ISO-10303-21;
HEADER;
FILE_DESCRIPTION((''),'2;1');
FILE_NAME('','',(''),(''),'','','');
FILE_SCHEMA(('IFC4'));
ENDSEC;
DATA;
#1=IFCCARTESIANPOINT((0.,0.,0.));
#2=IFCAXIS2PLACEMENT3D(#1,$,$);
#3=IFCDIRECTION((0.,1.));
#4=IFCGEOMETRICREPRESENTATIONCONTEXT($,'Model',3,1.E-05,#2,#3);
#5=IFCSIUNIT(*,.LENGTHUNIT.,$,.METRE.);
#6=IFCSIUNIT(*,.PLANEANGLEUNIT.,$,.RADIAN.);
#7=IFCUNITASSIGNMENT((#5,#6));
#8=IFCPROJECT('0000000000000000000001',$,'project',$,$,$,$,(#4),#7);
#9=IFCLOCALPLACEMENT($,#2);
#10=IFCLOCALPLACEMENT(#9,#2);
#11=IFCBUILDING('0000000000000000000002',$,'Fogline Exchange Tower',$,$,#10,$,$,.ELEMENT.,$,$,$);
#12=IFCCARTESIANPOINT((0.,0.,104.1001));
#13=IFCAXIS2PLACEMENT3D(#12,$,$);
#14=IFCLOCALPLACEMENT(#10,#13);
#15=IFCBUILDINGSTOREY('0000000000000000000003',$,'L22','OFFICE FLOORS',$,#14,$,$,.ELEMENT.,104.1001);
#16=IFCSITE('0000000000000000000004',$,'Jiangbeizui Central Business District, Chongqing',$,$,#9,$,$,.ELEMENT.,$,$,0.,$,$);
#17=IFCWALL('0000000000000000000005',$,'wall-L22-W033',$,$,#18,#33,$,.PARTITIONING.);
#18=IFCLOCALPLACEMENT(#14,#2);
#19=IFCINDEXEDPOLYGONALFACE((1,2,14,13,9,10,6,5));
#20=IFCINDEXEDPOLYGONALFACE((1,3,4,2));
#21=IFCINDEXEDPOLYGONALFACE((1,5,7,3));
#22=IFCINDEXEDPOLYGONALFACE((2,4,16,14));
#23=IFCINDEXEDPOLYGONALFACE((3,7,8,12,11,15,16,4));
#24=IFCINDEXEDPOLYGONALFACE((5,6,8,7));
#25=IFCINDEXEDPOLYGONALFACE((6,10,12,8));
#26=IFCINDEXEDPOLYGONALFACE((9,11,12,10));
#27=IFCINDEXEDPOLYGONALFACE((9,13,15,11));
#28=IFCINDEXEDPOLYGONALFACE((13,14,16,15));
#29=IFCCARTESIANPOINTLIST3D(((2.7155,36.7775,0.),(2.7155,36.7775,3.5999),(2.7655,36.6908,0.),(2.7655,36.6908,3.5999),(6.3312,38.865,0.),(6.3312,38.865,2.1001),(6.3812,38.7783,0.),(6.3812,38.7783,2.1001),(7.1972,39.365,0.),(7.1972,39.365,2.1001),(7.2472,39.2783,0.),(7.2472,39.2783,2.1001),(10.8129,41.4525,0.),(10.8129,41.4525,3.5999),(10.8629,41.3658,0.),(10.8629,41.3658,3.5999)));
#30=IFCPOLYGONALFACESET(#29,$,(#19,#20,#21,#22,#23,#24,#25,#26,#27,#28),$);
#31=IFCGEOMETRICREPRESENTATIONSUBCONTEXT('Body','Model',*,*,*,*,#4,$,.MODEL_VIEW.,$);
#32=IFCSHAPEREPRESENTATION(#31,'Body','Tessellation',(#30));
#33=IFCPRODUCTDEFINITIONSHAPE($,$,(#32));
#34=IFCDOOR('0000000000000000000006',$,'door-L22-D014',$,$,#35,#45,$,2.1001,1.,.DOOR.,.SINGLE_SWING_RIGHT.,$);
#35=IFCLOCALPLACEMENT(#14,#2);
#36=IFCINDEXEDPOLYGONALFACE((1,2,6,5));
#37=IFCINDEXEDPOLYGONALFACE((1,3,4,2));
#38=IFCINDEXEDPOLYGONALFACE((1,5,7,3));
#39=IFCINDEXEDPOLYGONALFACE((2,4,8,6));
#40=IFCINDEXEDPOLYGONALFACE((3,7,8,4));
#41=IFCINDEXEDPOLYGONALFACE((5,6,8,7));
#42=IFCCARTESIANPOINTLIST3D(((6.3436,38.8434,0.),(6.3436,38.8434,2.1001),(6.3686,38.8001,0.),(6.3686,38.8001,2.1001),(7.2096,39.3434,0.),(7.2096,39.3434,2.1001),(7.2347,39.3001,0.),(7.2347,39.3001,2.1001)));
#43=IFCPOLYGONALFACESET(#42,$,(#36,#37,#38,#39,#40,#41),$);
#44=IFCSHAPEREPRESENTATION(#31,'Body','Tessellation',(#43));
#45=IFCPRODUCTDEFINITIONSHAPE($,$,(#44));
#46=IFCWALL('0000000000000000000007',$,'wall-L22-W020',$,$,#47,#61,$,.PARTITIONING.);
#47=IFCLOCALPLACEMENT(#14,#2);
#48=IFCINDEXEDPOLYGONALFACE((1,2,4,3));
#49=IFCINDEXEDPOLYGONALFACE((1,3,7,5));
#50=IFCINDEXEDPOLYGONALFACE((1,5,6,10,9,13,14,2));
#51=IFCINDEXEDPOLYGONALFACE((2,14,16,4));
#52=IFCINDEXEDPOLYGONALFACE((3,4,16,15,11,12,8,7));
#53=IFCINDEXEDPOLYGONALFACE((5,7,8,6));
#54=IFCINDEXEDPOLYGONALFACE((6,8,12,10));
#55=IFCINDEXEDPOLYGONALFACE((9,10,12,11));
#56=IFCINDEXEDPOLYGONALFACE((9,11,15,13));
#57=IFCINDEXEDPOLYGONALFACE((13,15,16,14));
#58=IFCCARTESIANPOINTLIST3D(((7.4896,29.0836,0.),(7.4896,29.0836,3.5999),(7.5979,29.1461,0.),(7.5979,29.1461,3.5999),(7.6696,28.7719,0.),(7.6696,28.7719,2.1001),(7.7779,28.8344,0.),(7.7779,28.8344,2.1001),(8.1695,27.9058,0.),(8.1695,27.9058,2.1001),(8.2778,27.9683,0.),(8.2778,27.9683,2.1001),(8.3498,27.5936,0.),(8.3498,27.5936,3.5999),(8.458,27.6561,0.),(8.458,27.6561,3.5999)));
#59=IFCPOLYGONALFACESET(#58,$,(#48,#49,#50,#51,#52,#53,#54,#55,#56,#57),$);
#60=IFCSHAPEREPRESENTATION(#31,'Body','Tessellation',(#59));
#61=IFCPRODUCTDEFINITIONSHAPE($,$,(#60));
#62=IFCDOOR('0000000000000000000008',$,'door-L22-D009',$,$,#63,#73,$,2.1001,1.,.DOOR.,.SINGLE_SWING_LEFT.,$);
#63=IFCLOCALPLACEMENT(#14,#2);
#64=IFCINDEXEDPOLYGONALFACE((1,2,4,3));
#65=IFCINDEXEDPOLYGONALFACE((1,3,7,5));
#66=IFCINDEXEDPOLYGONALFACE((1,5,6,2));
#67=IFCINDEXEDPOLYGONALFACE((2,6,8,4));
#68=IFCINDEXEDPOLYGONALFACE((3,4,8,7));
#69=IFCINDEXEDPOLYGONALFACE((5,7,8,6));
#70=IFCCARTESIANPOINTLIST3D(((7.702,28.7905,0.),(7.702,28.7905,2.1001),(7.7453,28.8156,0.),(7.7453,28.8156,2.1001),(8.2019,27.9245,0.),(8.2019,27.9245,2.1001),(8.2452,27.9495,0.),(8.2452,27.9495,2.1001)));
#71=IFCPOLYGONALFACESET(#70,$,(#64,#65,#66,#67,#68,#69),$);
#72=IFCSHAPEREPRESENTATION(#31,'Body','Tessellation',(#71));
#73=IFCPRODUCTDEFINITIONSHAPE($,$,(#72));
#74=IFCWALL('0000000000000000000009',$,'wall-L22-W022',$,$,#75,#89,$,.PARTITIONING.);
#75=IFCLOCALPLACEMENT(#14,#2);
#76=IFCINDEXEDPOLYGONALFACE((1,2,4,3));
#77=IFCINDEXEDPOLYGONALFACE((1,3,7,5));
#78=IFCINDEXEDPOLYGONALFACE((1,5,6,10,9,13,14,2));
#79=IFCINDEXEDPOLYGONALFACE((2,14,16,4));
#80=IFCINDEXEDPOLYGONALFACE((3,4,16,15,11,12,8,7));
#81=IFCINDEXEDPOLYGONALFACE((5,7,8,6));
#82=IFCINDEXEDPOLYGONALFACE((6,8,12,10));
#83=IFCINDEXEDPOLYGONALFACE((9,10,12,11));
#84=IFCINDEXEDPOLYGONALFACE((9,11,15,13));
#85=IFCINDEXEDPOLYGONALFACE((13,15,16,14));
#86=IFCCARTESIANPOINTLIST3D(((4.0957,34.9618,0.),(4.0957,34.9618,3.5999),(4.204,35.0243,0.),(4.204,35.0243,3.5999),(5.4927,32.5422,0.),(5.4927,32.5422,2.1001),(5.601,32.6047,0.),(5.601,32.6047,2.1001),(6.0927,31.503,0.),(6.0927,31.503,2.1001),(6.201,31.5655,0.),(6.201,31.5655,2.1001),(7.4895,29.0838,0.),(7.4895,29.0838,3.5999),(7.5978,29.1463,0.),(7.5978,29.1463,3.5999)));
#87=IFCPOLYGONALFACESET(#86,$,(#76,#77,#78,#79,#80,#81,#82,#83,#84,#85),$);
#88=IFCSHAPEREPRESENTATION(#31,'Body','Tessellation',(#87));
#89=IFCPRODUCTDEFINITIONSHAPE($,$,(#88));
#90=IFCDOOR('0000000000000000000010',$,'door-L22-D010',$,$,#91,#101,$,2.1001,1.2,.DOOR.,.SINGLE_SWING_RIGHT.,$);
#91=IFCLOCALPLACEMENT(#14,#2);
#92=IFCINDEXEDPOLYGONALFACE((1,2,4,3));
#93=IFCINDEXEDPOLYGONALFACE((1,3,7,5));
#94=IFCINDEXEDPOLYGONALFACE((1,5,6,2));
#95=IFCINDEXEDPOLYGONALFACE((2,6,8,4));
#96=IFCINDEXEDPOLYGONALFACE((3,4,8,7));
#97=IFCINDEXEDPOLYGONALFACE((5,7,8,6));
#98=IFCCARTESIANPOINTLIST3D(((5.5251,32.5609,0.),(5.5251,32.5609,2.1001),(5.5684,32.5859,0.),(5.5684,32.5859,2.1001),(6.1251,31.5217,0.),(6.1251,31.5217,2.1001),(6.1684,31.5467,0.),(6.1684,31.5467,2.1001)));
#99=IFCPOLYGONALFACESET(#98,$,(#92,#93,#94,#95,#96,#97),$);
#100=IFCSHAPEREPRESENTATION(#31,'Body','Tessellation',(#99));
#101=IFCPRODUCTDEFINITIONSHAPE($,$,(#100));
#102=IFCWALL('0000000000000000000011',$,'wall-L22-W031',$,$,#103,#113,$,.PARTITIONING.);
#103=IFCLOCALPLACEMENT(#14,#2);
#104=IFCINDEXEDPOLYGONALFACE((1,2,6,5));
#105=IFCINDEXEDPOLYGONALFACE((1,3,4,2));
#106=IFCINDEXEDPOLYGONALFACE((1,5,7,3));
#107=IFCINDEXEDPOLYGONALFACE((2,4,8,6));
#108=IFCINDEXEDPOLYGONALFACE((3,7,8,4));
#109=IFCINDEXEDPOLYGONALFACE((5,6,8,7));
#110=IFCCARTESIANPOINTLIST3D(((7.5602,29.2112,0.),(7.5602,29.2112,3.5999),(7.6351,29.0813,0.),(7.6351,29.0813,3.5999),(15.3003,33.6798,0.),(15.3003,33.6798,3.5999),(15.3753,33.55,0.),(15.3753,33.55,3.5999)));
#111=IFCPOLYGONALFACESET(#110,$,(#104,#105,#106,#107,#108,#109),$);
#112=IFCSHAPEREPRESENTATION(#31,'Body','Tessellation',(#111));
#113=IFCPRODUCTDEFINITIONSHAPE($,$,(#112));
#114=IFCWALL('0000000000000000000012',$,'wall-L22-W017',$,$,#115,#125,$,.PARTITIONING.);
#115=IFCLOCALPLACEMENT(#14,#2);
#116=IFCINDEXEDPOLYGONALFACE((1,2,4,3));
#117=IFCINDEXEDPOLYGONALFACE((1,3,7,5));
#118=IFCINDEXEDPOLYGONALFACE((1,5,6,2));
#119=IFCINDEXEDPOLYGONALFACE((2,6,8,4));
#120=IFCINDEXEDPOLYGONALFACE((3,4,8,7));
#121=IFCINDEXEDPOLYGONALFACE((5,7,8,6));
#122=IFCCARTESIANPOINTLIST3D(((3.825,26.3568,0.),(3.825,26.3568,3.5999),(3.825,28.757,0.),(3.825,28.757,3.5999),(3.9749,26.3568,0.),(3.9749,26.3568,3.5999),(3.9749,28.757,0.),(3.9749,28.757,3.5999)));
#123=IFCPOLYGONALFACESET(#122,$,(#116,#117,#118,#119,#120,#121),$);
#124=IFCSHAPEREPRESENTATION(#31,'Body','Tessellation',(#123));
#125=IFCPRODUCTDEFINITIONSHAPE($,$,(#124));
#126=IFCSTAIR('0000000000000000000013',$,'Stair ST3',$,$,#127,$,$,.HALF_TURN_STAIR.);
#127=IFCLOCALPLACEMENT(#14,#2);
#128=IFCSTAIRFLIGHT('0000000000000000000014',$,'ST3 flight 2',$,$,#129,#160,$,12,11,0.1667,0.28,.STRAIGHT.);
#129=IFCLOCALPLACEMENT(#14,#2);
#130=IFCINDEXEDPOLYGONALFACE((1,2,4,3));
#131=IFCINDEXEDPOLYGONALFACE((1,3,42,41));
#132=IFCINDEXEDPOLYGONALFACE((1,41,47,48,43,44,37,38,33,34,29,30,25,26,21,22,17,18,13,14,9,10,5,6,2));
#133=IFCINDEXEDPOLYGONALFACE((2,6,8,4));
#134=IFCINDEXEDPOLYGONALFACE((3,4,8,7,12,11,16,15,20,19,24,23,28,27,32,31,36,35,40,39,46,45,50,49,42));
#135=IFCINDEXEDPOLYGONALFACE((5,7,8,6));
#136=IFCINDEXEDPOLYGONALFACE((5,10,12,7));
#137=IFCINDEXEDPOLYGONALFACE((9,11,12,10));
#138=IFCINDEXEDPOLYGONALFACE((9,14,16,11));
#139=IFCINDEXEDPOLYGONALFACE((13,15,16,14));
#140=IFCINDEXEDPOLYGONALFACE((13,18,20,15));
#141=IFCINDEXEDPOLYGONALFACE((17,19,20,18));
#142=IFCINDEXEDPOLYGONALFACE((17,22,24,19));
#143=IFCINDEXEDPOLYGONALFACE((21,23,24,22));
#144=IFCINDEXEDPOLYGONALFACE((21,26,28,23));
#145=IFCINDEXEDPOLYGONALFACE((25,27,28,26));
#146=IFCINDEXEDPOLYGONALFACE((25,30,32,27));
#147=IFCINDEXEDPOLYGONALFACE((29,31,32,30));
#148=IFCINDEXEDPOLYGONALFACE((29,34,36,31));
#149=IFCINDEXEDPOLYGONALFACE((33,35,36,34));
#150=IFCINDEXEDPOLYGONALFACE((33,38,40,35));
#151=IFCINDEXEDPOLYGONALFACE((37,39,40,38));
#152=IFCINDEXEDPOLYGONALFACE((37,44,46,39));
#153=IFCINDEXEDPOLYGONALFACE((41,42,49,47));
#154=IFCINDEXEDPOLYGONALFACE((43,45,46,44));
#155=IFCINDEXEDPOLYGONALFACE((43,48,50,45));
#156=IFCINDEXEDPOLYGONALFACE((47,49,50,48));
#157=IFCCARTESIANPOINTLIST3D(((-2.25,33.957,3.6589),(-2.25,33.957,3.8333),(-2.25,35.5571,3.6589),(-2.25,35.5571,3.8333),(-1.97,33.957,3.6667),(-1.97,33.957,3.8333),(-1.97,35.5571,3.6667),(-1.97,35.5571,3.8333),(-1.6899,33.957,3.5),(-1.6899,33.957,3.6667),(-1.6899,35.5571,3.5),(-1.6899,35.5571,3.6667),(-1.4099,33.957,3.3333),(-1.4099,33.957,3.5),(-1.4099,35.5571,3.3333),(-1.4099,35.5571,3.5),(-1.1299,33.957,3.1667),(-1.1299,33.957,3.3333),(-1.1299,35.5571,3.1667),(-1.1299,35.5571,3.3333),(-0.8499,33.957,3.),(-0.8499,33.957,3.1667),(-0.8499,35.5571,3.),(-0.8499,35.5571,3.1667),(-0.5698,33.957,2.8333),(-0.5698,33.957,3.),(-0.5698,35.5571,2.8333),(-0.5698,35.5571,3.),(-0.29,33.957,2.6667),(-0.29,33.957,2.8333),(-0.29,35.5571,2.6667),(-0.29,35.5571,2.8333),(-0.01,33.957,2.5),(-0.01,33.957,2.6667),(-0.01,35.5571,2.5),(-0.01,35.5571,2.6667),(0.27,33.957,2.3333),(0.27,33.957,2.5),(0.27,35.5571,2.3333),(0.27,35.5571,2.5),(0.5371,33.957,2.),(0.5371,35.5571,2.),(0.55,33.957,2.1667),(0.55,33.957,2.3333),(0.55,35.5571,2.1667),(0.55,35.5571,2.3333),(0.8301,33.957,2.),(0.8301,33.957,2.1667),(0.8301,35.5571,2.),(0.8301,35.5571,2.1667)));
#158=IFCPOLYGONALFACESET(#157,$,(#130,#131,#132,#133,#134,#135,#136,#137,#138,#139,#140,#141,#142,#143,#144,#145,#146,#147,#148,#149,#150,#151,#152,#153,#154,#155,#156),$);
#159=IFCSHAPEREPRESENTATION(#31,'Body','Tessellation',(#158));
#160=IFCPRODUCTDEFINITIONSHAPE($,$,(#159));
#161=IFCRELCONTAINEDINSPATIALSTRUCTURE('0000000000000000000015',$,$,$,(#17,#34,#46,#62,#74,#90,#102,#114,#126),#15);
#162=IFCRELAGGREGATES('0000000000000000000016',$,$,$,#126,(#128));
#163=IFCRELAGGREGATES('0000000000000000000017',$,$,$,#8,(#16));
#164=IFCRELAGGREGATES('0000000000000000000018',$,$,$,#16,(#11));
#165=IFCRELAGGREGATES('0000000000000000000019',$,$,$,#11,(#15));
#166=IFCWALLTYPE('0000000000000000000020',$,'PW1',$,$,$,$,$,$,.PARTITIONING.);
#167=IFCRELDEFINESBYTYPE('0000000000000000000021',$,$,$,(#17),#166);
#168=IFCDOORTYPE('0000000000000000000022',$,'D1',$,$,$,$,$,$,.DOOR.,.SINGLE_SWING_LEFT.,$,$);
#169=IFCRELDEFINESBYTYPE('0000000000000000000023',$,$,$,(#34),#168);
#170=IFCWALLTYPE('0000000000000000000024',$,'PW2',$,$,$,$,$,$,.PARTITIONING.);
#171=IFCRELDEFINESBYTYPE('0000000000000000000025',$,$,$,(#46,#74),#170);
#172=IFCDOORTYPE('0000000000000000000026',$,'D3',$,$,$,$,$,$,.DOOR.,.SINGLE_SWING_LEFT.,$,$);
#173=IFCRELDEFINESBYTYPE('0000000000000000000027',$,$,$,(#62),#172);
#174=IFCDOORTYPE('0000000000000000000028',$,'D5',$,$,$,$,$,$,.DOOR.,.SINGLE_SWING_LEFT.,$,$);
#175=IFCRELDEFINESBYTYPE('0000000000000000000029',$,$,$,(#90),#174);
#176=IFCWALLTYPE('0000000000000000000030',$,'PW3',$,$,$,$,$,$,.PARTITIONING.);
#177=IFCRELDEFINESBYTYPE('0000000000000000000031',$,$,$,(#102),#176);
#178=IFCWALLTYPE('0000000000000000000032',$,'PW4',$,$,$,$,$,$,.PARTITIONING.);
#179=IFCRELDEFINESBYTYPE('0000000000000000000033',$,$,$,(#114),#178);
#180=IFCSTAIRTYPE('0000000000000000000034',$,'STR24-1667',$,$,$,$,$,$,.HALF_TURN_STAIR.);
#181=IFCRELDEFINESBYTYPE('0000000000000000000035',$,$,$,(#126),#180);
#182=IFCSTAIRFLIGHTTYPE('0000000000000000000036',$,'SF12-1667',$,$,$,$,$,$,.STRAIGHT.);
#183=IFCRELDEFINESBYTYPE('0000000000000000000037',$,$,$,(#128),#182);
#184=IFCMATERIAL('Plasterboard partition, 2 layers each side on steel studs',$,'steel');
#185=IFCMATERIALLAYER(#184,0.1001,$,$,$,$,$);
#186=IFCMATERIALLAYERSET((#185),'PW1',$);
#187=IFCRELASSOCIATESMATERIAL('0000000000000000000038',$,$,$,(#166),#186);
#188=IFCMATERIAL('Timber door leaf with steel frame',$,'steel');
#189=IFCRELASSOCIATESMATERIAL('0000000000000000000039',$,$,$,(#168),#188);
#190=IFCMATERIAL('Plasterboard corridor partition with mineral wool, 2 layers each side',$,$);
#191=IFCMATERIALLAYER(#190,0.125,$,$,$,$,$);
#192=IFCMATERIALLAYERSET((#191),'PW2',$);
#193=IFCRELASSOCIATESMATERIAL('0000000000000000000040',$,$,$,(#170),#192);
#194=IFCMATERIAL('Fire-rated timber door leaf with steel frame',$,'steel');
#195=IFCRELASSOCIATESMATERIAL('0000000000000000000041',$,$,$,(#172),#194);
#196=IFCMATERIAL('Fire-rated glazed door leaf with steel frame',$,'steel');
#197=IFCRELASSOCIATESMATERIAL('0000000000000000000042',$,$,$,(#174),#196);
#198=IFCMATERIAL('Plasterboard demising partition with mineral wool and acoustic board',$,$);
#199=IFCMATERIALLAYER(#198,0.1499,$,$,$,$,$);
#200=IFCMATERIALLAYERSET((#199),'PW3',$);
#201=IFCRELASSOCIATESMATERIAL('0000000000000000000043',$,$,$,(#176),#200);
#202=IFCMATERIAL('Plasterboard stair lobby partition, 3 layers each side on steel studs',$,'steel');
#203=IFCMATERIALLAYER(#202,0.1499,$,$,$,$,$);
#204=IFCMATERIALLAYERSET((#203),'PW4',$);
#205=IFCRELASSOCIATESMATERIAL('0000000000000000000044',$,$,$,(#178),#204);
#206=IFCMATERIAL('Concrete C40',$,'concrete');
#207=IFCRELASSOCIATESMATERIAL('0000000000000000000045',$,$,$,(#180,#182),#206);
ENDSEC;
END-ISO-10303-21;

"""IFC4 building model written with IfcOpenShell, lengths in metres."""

from ifc_helpers import new_model, si_unit, direction, frame, frame_2d, origin, place, context, subcontext, project, spatial, polyline, rectangle, outline, extrude, material, layer, layer_set, type_object, element, fill, aggregate, save


model = new_model("IFC4")

# Units and contexts
model_context = context("Model", 3, precision=1e-05, world=origin(), true_north=direction((0.0, 1.0)))
body_context = subcontext(model_context, "Body", "Model", "MODEL_VIEW")
ifc_project = project(units=[si_unit("LENGTHUNIT", "METRE"), si_unit("PLANEANGLEUNIT", "RADIAN")], contexts=[model_context])

# Site, building, storey
site_placement = place(None, origin())
site = spatial("IfcSite", under=ifc_project, at=site_placement, Name="Jiangbeizui Central Business District, Chongqing", CompositionType="ELEMENT", RefElevation=0.0)
building_placement = place(site_placement, origin())
building = spatial("IfcBuilding", under=site, at=building_placement, Name="Fogline Exchange Tower", CompositionType="ELEMENT")
storey_placement = place(building_placement, frame((0.0, 0.0, 104.1001)))
storey = spatial("IfcBuildingStorey", under=building, at=storey_placement, Name="L22", Description="OFFICE FLOORS", CompositionType="ELEMENT", Elevation=104.1001)

# Shared definitions
ifc_material_1 = material(Name="Concrete C40", Category="concrete")

# Shared definitions
ifc_material_2 = material(Name="Plasterboard partition, 2 layers each side on steel studs", Category="steel")
ifc_layer_1 = layer(ifc_material_2, 0.1001)
ifc_layer_set_1 = layer_set([ifc_layer_1], Name="PW1")
wall_type_1 = type_object("IfcWallType", Name="PW1", PredefinedType="PARTITIONING", material=ifc_layer_set_1)

# Walls, openings, doors
wall_1_placement = place(storey_placement, frame((2.7405, 36.7341, 0.0), z_axis=(0.0, 0.0, 1.0), x_axis=(0.866025, 0.5, 0.0)))
wall_1 = element("IfcWall", 1, at=wall_1_placement, inside=storey, type_object=wall_type_1, Name="wall-L22-W033", PredefinedType="PARTITIONING", context=body_context, shape_type="SweptSolid", body=[
    extrude(rectangle(XDim=9.3501, YDim=0.1001, at=frame_2d((4.675, 0.0))), origin(), (0.0, 0.0, 1.0), 3.5999),
])
opening_1_placement = place(wall_1_placement, frame((4.175, 0.0, 0.0)))
opening_1 = element("IfcOpeningElement", 2, at=opening_1_placement, cuts=wall_1, PredefinedType="OPENING", context=body_context, shape_type="SweptSolid", body=[
    extrude(rectangle(XDim=1.0, YDim=2.1001, at=frame_2d((0.5, 1.05))), frame((0.0, 0.0601, 0.0), z_axis=(0.0, -1.0, 0.0), x_axis=(1.0, 0.0, 0.0)), (0.0, 0.0, 1.0), 0.1201),
])
ifc_material_3 = material(Name="Timber door leaf with steel frame", Category="steel")
door_type_1 = type_object("IfcDoorType", Name="D1", OperationType="SINGLE_SWING_LEFT", PredefinedType="DOOR", material=ifc_material_3)
door_1_placement = place(opening_1_placement, frame((1.0, 0.0, 0.0), z_axis=(0.0, 0.0, 1.0), x_axis=(-1.0, 0.0, 0.0)))
door_1 = element("IfcDoor", 3, at=door_1_placement, inside=storey, type_object=door_type_1, Name="door-L22-D014", OperationType="SINGLE_SWING_RIGHT", OverallHeight=2.1001, OverallWidth=1.0, PredefinedType="DOOR", context=body_context, shape_type="SweptSolid", body=[
    extrude(rectangle(XDim=1.0, YDim=2.1001, at=frame_2d((0.5, 1.05))), frame((0.0, 0.0249, 0.0), z_axis=(0.0, -1.0, 0.0), x_axis=(1.0, 0.0, 0.0)), (0.0, 0.0, 1.0), 0.05),
])
fill(opening_1, door_1)
ifc_material_4 = material(Name="Plasterboard corridor partition with mineral wool, 2 layers each side")
ifc_layer_2 = layer(ifc_material_4, 0.125)
ifc_layer_set_2 = layer_set([ifc_layer_2], Name="PW2")
wall_type_2 = type_object("IfcWallType", Name="PW2", PredefinedType="PARTITIONING", material=ifc_layer_set_2)
wall_2_placement = place(storey_placement, frame((7.5437, 29.115, 0.0), z_axis=(0.0, 0.0, 1.0), x_axis=(0.499939, -0.86606, 0.0)))
wall_2 = element("IfcWall", 4, at=wall_2_placement, inside=storey, type_object=wall_type_2, Name="wall-L22-W020", PredefinedType="PARTITIONING", context=body_context, shape_type="SweptSolid", body=[
    extrude(rectangle(XDim=1.7205, YDim=0.125, at=frame_2d((0.8604, 0.0))), origin(), (0.0, 0.0, 1.0), 3.5999),
])
opening_2_placement = place(wall_2_placement, frame((0.3601, 0.0, 0.0)))
opening_2 = element("IfcOpeningElement", 5, at=opening_2_placement, cuts=wall_2, PredefinedType="OPENING", context=body_context, shape_type="SweptSolid", body=[
    extrude(rectangle(XDim=1.0, YDim=2.1001, at=frame_2d((0.5, 1.05))), frame((0.0, 0.0725, 0.0), z_axis=(0.0, -1.0, 0.0), x_axis=(1.0, 0.0, 0.0)), (0.0, 0.0, 1.0), 0.145),
])
ifc_material_5 = material(Name="Fire-rated timber door leaf with steel frame", Category="steel")
door_type_2 = type_object("IfcDoorType", Name="D3", OperationType="SINGLE_SWING_LEFT", PredefinedType="DOOR", material=ifc_material_5)
door_2_placement = place(opening_2_placement, origin())
door_2 = element("IfcDoor", 6, at=door_2_placement, inside=storey, type_object=door_type_2, Name="door-L22-D009", OperationType="SINGLE_SWING_LEFT", OverallHeight=2.1001, OverallWidth=1.0, PredefinedType="DOOR", context=body_context, shape_type="SweptSolid", body=[
    extrude(rectangle(XDim=1.0, YDim=2.1001, at=frame_2d((0.5, 1.05))), frame((0.0, 0.0249, 0.0), z_axis=(0.0, -1.0, 0.0), x_axis=(1.0, 0.0, 0.0)), (0.0, 0.0, 1.0), 0.05),
])
fill(opening_2, door_2)
wall_3_placement = place(storey_placement, frame((4.1499, 34.9929, 0.0), z_axis=(0.0, 0.0, 1.0), x_axis=(0.500019, -0.866014, 0.0)))
wall_3 = element("IfcWall", 7, at=wall_3_placement, inside=storey, type_object=wall_type_2, Name="wall-L22-W022", PredefinedType="PARTITIONING", context=body_context, shape_type="SweptSolid", body=[
    extrude(rectangle(XDim=6.7874, YDim=0.125, at=frame_2d((3.3936, 0.0))), origin(), (0.0, 0.0, 1.0), 3.5999),
])
opening_3_placement = place(wall_3_placement, frame((2.7937, 0.0, 0.0)))
opening_3 = element("IfcOpeningElement", 8, at=opening_3_placement, cuts=wall_3, PredefinedType="OPENING", context=body_context, shape_type="SweptSolid", body=[
    extrude(rectangle(XDim=1.2, YDim=2.1001, at=frame_2d((0.6001, 1.05))), frame((0.0, 0.0725, 0.0), z_axis=(0.0, -1.0, 0.0), x_axis=(1.0, 0.0, 0.0)), (0.0, 0.0, 1.0), 0.145),
])
ifc_material_6 = material(Name="Fire-rated glazed door leaf with steel frame", Category="steel")
door_type_3 = type_object("IfcDoorType", Name="D5", OperationType="SINGLE_SWING_LEFT", PredefinedType="DOOR", material=ifc_material_6)
door_3_placement = place(opening_3_placement, origin())
door_3 = element("IfcDoor", 9, at=door_3_placement, inside=storey, type_object=door_type_3, Name="door-L22-D010", OperationType="SINGLE_SWING_RIGHT", OverallHeight=2.1001, OverallWidth=1.2, PredefinedType="DOOR", context=body_context, shape_type="SweptSolid", body=[
    extrude(rectangle(XDim=1.2, YDim=2.1001, at=frame_2d((0.6001, 1.05))), frame((0.0, 0.0249, 0.0), z_axis=(0.0, -1.0, 0.0), x_axis=(1.0, 0.0, 0.0)), (0.0, 0.0, 1.0), 0.05),
])
fill(opening_3, door_3)

# Walls
ifc_material_7 = material(Name="Plasterboard demising partition with mineral wool and acoustic board")
ifc_layer_3 = layer(ifc_material_7, 0.1499)
ifc_layer_set_3 = layer_set([ifc_layer_3], Name="PW3")
wall_type_3 = type_object("IfcWallType", Name="PW3", PredefinedType="PARTITIONING", material=ifc_layer_set_3)
wall_4_placement = place(storey_placement, frame((7.5977, 29.1462, 0.0), z_axis=(0.0, 0.0, 1.0), x_axis=(0.866029, 0.499994, 0.0)))
element("IfcWall", 10, at=wall_4_placement, inside=storey, type_object=wall_type_3, Name="wall-L22-W031", PredefinedType="PARTITIONING", context=body_context, shape_type="SweptSolid", body=[
    extrude(rectangle(XDim=8.9375, YDim=0.1499, at=frame_2d((4.4688, 0.0))), origin(), (0.0, 0.0, 1.0), 3.5999),
])
ifc_material_8 = material(Name="Plasterboard stair lobby partition, 3 layers each side on steel studs", Category="steel")
ifc_layer_4 = layer(ifc_material_8, 0.1499)
ifc_layer_set_4 = layer_set([ifc_layer_4], Name="PW4")
wall_type_4 = type_object("IfcWallType", Name="PW4", PredefinedType="PARTITIONING", material=ifc_layer_set_4)
wall_5_placement = place(storey_placement, frame((3.8999, 28.7571, 0.0), z_axis=(0.0, 0.0, 1.0), x_axis=(0.0, -1.0, 0.0)))
element("IfcWall", 11, at=wall_5_placement, inside=storey, type_object=wall_type_4, Name="wall-L22-W017", PredefinedType="PARTITIONING", context=body_context, shape_type="SweptSolid", body=[
    extrude(rectangle(XDim=2.4001, YDim=0.1499, at=frame_2d((1.2002, 0.0))), origin(), (0.0, 0.0, 1.0), 3.5999),
])

# Stair, stair flight
stair_type = type_object("IfcStairType", Name="STR24-1667", PredefinedType="HALF_TURN_STAIR", material=ifc_material_1)
stair_placement = place(storey_placement, origin())
stair = element("IfcStair", 12, at=stair_placement, inside=storey, type_object=stair_type, Name="Stair ST3", PredefinedType="HALF_TURN_STAIR")
stair_flight_type = type_object("IfcStairFlightType", Name="SF12-1667", PredefinedType="STRAIGHT", material=ifc_material_1)
stair_flight_placement = place(storey_placement, frame((0.8301, 34.7571, 2.0), z_axis=(0.0, 0.0, 1.0), x_axis=(-1.0, 0.0, 0.0)))
stair_flight = element("IfcStairFlight", 13, at=stair_flight_placement, type_object=stair_flight_type, Name="ST3 flight 2", NumberOfRisers=12, NumberOfTreads=11, PredefinedType="STRAIGHT", RiserHeight=0.1667, TreadLength=0.28, context=body_context, shape_type="SweptSolid", body=[
    extrude(outline(polyline([(0.0, 0.0), (0.0, 0.1667), (0.28, 0.1667), (0.28, 0.3333), (0.5601, 0.3333), (0.5601, 0.5), (0.8401, 0.5), (0.8401, 0.6667), (1.1201, 0.6667), (1.1201, 0.8333), (1.3999, 0.8333), (1.3999, 1.0), (1.6799, 1.0), (1.6799, 1.1667), (1.96, 1.1667), (1.96, 1.3333), (2.24, 1.3333), (2.24, 1.5), (2.52, 1.5), (2.52, 1.6667), (2.8, 1.6667), (2.8, 1.8333), (3.0801, 1.8333), (3.0801, 2.0), (3.0801, 1.6589), (0.293, 0.0), (0.0, 0.0)])), frame((0.0, 0.8, 0.0), z_axis=(0.0, -1.0, 0.0), x_axis=(1.0, 0.0, 0.0)), (0.0, 0.0, 1.0), 1.6001),
])
aggregate(stair, [stair_flight])

save(model, "model.ifc")
